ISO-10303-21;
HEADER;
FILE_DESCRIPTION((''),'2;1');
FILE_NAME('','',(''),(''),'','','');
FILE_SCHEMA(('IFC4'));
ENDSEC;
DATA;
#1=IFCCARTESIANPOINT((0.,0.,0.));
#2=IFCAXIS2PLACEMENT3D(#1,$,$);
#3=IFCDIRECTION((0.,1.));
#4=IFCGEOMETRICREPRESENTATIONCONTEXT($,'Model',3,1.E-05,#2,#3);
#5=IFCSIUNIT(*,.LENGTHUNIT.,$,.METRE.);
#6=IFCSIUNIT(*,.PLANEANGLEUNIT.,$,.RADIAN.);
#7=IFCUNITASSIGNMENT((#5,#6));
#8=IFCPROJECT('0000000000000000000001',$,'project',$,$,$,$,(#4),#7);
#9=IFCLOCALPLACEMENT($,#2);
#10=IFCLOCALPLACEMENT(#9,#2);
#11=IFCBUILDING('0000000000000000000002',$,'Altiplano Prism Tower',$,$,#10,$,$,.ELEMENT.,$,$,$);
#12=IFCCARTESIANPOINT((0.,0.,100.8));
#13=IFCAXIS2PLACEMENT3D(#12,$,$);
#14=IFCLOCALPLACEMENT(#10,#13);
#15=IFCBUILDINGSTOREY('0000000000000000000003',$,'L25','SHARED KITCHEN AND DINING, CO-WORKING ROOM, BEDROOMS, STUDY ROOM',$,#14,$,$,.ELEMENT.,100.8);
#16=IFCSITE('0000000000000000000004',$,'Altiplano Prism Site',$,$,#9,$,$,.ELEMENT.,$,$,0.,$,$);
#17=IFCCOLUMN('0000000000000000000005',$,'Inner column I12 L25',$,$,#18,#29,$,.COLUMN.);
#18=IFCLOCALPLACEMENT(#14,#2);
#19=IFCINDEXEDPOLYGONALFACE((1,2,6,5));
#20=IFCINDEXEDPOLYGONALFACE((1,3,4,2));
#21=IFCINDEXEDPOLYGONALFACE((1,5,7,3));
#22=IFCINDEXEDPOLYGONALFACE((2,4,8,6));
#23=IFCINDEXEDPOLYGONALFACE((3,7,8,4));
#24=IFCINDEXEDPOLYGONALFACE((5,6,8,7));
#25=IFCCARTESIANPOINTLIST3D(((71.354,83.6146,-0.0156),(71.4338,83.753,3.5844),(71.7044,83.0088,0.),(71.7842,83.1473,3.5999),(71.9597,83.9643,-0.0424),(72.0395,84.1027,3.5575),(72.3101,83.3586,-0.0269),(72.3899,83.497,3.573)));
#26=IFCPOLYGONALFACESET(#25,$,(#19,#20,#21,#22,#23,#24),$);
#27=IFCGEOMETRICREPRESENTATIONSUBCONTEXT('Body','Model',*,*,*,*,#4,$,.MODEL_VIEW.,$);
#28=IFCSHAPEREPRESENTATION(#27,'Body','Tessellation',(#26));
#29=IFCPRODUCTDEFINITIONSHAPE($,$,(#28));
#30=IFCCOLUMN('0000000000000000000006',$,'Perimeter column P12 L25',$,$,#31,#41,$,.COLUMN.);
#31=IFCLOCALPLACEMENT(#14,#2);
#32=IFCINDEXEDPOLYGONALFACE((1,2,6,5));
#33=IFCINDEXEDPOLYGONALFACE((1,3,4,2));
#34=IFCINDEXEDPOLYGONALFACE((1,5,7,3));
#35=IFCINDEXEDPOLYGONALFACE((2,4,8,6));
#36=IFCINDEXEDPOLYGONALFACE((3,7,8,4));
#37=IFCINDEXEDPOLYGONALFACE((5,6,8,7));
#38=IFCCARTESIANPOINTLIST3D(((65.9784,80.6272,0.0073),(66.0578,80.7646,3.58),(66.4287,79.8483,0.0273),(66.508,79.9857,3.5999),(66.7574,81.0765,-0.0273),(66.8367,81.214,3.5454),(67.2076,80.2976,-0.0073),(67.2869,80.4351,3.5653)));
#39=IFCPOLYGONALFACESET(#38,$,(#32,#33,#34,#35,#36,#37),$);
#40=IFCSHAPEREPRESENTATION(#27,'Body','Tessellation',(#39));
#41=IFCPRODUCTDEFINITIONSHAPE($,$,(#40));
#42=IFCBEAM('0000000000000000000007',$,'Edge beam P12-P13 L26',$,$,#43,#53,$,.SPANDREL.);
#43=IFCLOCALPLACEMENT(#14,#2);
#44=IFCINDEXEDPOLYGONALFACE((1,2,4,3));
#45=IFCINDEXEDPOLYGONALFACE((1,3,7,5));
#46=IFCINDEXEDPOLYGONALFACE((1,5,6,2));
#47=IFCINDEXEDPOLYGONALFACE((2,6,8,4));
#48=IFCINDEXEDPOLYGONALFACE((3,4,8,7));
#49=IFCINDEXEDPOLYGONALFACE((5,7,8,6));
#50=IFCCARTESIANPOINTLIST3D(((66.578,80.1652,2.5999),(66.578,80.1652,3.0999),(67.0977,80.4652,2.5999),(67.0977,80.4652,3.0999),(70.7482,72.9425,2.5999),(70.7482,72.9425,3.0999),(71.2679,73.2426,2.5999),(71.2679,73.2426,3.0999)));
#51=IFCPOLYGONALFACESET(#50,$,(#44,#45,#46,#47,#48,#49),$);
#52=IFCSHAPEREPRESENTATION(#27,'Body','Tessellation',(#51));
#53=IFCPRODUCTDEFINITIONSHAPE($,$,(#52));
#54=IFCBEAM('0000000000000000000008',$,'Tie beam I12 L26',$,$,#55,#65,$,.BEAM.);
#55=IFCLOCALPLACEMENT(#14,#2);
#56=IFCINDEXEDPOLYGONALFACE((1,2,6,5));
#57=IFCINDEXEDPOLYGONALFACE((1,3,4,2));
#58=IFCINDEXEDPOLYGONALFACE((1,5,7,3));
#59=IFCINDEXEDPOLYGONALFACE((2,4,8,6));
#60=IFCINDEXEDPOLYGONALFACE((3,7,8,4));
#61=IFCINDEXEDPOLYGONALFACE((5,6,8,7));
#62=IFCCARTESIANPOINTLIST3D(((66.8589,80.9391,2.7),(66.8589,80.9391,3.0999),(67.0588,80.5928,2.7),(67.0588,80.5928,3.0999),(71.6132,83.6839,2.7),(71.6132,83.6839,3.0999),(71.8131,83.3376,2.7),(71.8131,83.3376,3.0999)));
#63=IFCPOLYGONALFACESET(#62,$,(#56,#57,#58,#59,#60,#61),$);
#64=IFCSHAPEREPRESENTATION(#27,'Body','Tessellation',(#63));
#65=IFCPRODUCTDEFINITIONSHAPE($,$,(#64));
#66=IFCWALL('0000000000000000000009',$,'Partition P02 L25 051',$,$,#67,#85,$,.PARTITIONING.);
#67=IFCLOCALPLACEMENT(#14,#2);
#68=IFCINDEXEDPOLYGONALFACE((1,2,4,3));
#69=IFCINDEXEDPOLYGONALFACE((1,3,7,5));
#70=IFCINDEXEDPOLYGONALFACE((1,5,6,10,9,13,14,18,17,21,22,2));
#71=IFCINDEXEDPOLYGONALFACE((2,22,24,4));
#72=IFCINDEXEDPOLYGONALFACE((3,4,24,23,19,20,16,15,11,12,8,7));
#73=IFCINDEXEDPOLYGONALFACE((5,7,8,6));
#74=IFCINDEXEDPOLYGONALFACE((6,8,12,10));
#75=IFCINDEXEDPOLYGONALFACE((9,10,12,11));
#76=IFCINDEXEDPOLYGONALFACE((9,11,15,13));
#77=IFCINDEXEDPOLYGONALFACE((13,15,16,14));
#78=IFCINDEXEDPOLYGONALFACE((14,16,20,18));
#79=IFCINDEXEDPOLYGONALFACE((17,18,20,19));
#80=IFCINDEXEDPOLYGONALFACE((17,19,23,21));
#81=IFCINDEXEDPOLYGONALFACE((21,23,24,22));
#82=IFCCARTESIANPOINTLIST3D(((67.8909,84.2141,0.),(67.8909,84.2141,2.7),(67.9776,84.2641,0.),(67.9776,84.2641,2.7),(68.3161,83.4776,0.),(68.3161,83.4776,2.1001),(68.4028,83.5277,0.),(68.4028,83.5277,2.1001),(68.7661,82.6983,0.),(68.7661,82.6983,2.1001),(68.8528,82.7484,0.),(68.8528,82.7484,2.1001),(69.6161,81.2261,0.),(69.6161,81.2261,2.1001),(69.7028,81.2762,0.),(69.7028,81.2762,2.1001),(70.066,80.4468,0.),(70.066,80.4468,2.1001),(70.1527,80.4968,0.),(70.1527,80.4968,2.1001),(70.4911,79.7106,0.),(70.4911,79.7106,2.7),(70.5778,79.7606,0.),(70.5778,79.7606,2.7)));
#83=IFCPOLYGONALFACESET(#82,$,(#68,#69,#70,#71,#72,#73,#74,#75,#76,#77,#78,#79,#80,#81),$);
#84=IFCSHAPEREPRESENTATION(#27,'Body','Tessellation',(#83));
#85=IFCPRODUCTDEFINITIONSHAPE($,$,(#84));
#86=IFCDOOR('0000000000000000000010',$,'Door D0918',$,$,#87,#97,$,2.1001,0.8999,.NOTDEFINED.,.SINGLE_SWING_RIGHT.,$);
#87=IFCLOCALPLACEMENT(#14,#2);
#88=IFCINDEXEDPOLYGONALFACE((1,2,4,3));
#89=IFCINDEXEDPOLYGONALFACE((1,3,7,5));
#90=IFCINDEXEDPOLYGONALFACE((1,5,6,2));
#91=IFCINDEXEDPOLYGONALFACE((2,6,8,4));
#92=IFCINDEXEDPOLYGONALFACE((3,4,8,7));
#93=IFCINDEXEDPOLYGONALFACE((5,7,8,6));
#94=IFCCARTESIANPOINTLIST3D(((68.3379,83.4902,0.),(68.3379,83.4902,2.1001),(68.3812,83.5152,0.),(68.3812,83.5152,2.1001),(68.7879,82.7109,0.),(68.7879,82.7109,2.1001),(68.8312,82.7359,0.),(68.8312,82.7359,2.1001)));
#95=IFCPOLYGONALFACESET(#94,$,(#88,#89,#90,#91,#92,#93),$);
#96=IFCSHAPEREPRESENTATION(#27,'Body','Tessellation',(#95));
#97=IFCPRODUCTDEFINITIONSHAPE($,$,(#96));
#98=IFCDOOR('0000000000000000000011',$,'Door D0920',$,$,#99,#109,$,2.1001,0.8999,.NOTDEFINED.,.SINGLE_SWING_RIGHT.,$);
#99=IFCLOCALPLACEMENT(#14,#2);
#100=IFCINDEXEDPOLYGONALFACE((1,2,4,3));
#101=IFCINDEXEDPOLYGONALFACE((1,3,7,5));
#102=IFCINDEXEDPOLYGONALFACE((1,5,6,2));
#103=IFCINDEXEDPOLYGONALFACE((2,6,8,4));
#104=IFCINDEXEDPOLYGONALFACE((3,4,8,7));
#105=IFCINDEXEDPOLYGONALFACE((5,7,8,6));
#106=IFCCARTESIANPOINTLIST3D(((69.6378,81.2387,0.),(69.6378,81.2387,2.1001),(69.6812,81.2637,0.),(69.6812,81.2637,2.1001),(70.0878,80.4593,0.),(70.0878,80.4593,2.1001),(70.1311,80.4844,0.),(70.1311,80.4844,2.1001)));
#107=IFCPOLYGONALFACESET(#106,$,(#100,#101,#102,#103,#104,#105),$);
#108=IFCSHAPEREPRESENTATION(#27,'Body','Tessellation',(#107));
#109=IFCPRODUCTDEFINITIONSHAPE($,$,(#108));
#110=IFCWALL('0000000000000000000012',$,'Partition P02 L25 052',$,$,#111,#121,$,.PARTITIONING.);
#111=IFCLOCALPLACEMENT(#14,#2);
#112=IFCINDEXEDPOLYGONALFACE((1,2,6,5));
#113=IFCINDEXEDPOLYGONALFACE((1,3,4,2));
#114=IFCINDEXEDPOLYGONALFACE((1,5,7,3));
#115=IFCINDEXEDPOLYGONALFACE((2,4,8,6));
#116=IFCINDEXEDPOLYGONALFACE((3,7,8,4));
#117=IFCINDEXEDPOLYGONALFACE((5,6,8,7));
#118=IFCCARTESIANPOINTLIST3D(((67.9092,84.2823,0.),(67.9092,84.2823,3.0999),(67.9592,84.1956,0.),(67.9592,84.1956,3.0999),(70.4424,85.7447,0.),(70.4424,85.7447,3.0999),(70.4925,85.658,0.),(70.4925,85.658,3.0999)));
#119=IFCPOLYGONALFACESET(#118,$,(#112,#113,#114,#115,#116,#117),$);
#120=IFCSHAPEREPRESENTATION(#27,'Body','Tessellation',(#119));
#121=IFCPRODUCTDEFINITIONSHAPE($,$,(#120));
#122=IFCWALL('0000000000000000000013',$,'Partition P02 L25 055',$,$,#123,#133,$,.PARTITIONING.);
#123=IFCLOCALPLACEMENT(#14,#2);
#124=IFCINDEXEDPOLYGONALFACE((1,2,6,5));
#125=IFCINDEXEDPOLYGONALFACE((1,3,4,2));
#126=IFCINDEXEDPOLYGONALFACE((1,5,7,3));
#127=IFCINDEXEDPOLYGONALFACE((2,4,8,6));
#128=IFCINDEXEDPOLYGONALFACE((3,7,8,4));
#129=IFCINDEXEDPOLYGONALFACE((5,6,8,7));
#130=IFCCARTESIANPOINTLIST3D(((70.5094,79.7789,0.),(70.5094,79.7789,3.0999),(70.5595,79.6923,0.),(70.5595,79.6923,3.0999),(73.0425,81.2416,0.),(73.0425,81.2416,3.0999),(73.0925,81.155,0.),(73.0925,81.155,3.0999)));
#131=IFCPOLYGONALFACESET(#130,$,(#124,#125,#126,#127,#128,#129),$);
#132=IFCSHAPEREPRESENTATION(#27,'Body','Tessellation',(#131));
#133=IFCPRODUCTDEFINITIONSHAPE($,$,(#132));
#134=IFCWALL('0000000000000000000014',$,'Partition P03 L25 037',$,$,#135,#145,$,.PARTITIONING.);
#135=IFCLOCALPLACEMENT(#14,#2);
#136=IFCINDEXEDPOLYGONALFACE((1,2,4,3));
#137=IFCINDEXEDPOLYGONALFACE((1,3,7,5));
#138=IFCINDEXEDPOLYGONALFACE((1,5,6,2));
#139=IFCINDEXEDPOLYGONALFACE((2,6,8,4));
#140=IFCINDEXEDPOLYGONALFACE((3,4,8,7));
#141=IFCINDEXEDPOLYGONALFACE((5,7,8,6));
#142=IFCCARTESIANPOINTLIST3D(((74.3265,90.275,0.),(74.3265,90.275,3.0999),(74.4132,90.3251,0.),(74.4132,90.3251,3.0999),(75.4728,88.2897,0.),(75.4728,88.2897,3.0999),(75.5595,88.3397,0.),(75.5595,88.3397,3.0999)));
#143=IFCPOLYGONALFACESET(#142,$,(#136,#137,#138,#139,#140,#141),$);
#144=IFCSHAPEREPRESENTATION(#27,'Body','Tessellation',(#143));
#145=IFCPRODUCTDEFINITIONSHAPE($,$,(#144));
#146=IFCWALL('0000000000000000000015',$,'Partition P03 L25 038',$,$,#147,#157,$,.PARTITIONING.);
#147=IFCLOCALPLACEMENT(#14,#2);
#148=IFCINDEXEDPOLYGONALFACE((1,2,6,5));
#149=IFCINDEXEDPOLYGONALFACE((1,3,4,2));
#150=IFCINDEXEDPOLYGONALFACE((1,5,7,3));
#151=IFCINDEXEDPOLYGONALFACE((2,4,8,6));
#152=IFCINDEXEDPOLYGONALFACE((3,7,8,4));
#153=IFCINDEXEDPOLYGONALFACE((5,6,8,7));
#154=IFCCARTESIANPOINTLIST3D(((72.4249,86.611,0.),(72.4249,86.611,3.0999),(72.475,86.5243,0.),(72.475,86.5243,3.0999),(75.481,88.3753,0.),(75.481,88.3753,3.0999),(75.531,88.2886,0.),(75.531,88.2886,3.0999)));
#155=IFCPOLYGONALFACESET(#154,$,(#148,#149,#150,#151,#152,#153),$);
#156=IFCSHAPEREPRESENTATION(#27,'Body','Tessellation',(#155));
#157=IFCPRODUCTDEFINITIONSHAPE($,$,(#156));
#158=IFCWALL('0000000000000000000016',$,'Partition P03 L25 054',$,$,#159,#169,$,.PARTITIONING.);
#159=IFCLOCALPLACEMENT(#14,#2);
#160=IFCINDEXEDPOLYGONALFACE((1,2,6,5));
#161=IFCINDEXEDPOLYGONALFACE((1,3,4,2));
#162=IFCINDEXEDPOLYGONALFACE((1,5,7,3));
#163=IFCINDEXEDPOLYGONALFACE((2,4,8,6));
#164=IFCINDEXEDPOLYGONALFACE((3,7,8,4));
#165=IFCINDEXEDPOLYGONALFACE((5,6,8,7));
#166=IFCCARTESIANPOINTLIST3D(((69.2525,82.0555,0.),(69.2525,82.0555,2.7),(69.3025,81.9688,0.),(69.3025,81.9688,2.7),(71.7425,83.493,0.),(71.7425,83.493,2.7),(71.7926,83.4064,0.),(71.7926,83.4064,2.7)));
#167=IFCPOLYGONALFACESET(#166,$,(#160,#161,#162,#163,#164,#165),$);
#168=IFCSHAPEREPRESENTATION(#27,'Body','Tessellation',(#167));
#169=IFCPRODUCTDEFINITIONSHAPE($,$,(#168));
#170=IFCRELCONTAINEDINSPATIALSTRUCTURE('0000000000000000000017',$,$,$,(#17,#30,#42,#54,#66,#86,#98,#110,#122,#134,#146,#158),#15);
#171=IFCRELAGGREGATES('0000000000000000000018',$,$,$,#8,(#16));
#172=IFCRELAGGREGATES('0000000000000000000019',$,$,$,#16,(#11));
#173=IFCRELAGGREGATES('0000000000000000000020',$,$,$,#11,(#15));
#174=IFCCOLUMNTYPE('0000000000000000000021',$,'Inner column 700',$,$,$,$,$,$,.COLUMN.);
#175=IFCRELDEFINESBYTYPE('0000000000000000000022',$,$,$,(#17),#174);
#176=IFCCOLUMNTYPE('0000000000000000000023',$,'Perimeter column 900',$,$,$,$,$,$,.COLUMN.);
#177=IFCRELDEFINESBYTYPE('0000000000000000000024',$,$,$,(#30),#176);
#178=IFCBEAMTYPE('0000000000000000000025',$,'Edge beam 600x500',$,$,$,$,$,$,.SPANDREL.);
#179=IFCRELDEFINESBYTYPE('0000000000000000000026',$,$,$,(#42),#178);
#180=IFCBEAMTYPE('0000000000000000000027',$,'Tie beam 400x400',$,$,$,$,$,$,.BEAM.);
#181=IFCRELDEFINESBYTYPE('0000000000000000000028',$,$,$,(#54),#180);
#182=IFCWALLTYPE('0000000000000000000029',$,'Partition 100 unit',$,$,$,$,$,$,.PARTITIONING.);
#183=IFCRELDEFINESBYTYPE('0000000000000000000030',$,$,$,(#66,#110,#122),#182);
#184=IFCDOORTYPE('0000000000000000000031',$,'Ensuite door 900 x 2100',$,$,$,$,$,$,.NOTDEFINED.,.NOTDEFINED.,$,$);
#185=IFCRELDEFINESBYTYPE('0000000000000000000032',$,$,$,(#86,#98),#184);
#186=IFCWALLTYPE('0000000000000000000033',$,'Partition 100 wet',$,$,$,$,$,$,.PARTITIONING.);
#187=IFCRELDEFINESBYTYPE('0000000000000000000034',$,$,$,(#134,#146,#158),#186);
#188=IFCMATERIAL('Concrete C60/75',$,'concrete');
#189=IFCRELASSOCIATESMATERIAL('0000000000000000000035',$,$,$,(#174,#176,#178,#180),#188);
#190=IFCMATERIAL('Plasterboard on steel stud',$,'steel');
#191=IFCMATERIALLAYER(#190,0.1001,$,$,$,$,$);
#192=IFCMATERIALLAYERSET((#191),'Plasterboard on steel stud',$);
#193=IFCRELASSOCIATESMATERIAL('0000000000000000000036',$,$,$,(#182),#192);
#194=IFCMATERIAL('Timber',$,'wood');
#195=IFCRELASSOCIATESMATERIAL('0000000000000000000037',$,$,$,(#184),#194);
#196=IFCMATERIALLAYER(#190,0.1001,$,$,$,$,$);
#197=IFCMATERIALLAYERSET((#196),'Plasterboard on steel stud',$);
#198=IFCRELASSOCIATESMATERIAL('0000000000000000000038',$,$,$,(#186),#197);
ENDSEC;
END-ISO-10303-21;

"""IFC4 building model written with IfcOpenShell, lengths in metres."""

from ifc_helpers import new_model, si_unit, direction, frame, frame_2d, origin, origin_2d, place, context, subcontext, project, spatial, rectangle, extrude, material, layer, layer_set, material_profile, profile_set, type_object, element, fill, save


model = new_model("IFC4")

# Units and contexts
model_context = context("Model", 3, precision=1e-05, world=origin(), true_north=direction((0.0, 1.0)))
body_context = subcontext(model_context, "Body", "Model", "MODEL_VIEW")
ifc_project = project(units=[si_unit("LENGTHUNIT", "METRE"), si_unit("PLANEANGLEUNIT", "RADIAN")], contexts=[model_context])

# Site, building, storey
site_placement = place(None, origin())
site = spatial("IfcSite", under=ifc_project, at=site_placement, Name="Altiplano Prism Site", CompositionType="ELEMENT", RefElevation=0.0)
building_placement = place(site_placement, origin())
building = spatial("IfcBuilding", under=site, at=building_placement, Name="Altiplano Prism Tower", CompositionType="ELEMENT")
storey_placement = place(building_placement, frame((0.0, 0.0, 100.8)))
storey = spatial("IfcBuildingStorey", under=building, at=storey_placement, Name="L25", Description="SHARED KITCHEN AND DINING, CO-WORKING ROOM, BEDROOMS, STUDY ROOM", CompositionType="ELEMENT", Elevation=100.8)

# Columns
ifc_material_1 = material(Name="Concrete C60/75", Category="concrete")
ifc_material_profile_1 = material_profile(ifc_material_1, rectangle(XDim=0.7, YDim=0.7, at=origin_2d()), Name="Inner column 700")
ifc_profile_set_1 = profile_set([ifc_material_profile_1], Name="Concrete C60/75")
column_type_1 = type_object("IfcColumnType", Name="Inner column 700", PredefinedType="COLUMN", material=ifc_profile_set_1)
column_1_placement = place(storey_placement, frame((71.832, 83.4866, -0.0212), z_axis=(0.022155, 0.038416, 0.999016), x_axis=(-0.865365, -0.499669, 0.038405)))
element("IfcColumn", 1, at=column_1_placement, inside=storey, type_object=column_type_1, Name="Inner column I12 L25", PredefinedType="COLUMN", context=body_context, shape_type="SweptSolid", body=[
    extrude(rectangle(XDim=0.7, YDim=0.7, at=origin_2d()), origin(), (0.0, 0.0, 1.0), 3.6035),
])
ifc_material_profile_2 = material_profile(ifc_material_1, rectangle(XDim=0.8999, YDim=0.8999, at=origin_2d()), Name="Perimeter column 900")
ifc_profile_set_2 = profile_set([ifc_material_profile_2], Name="Concrete C60/75")
column_type_2 = type_object("IfcColumnType", Name="Perimeter column 900", PredefinedType="COLUMN", material=ifc_profile_set_2)
column_2_placement = place(storey_placement, frame((66.593, 80.4624, 0.0), z_axis=(0.022187, 0.038434, 0.999015), x_axis=(-0.865568, -0.499314, 0.038433)))
element("IfcColumn", 2, at=column_2_placement, inside=storey, type_object=column_type_2, Name="Perimeter column P12 L25", PredefinedType="COLUMN", context=body_context, shape_type="SweptSolid", body=[
    extrude(rectangle(XDim=0.8999, YDim=0.8999, at=origin_2d()), origin(), (0.0, 0.0, 1.0), 3.5762),
])

# Beams
ifc_material_profile_3 = material_profile(ifc_material_1, rectangle(XDim=0.6001, YDim=0.5, at=origin_2d()), Name="Edge beam 600x500")
ifc_profile_set_3 = profile_set([ifc_material_profile_3], Name="Concrete C60/75")
beam_type_1 = type_object("IfcBeamType", Name="Edge beam 600x500", PredefinedType="SPANDREL", material=ifc_profile_set_3)
beam_1_placement = place(storey_placement, frame((66.8379, 80.3152, 2.8499), z_axis=(0.500015, -0.866017, 0.0), x_axis=(0.866017, 0.500015, 0.0)))
element("IfcBeam", 3, at=beam_1_placement, inside=storey, type_object=beam_type_1, Name="Edge beam P12-P13 L26", PredefinedType="SPANDREL", context=body_context, shape_type="SweptSolid", body=[
    extrude(rectangle(XDim=0.6001, YDim=0.5, at=origin_2d()), origin(), (0.0, 0.0, 1.0), 8.3401),
])
ifc_material_profile_4 = material_profile(ifc_material_1, rectangle(XDim=0.3999, YDim=0.3999, at=origin_2d()), Name="Tie beam 400x400")
ifc_profile_set_4 = profile_set([ifc_material_profile_4], Name="Concrete C60/75")
beam_type_2 = type_object("IfcBeamType", Name="Tie beam 400x400", PredefinedType="BEAM", material=ifc_profile_set_4)
beam_2_placement = place(storey_placement, frame((71.7131, 83.5107, 2.8999), z_axis=(-0.866032, -0.499989, 0.0), x_axis=(0.499989, -0.866032, 0.0)))
element("IfcBeam", 4, at=beam_2_placement, inside=storey, type_object=beam_type_2, Name="Tie beam I12 L26", PredefinedType="BEAM", context=body_context, shape_type="SweptSolid", body=[
    extrude(rectangle(XDim=0.3999, YDim=0.3999, at=origin_2d()), origin(), (0.0, 0.0, 1.0), 5.4897),
])

# Wall, openings, doors
ifc_material_2 = material(Name="Plasterboard on steel stud", Category="steel")
ifc_layer_1 = layer(ifc_material_2, 0.1001)
ifc_layer_set_1 = layer_set([ifc_layer_1], Name="Plasterboard on steel stud")
wall_type_1 = type_object("IfcWallType", Name="Partition 100 unit", PredefinedType="PARTITIONING", material=ifc_layer_set_1)
wall_1_placement = place(storey_placement, frame((70.5344, 79.7356, 0.0), z_axis=(0.0, 0.0, 1.0), x_axis=(-0.500007, 0.866021, 0.0)))
wall_1 = element("IfcWall", 5, at=wall_1_placement, inside=storey, type_object=wall_type_1, Name="Partition P02 L25 051", PredefinedType="PARTITIONING", context=body_context, shape_type="SweptSolid", body=[
    extrude(rectangle(XDim=5.2002, YDim=0.1001, at=frame_2d((2.6001, 0.0))), origin(), (0.0, 0.0, 1.0), 2.7),
])
opening_1_placement = place(wall_1_placement, frame((3.45, 0.0, 0.0)))
opening_1 = element("IfcOpeningElement", 6, at=opening_1_placement, cuts=wall_1, PredefinedType="OPENING", context=body_context, shape_type="SweptSolid", body=[
    extrude(rectangle(XDim=0.8999, YDim=2.1001, at=frame_2d((0.45, 1.05))), frame((0.0, 0.0605, 0.0), z_axis=(0.0, -1.0, 0.0), x_axis=(1.0, 0.0, 0.0)), (0.0, 0.0, 1.0), 0.1211),
])
opening_2_placement = place(wall_1_placement, frame((0.8501, 0.0, 0.0)))
opening_2 = element("IfcOpeningElement", 7, at=opening_2_placement, cuts=wall_1, PredefinedType="OPENING", context=body_context, shape_type="SweptSolid", body=[
    extrude(rectangle(XDim=0.8999, YDim=2.1001, at=frame_2d((0.45, 1.05))), frame((0.0, 0.0605, 0.0), z_axis=(0.0, -1.0, 0.0), x_axis=(1.0, 0.0, 0.0)), (0.0, 0.0, 1.0), 0.1211),
])
ifc_material_3 = material(Name="Timber", Category="wood")
door_type = type_object("IfcDoorType", Name="Ensuite door 900 x 2100", OperationType="NOTDEFINED", PredefinedType="NOTDEFINED", material=ifc_material_3)
door_1_placement = place(opening_1_placement, origin())
door_1 = element("IfcDoor", 8, at=door_1_placement, inside=storey, type_object=door_type, Name="Door D0918", OperationType="SINGLE_SWING_RIGHT", OverallHeight=2.1001, OverallWidth=0.8999, PredefinedType="NOTDEFINED", context=body_context, shape_type="SweptSolid", body=[
    extrude(rectangle(XDim=0.8999, YDim=2.1001, at=frame_2d((0.45, 1.05))), frame((0.0, 0.0249, 0.0), z_axis=(0.0, -1.0, 0.0), x_axis=(1.0, 0.0, 0.0)), (0.0, 0.0, 1.0), 0.05),
])
fill(opening_1, door_1)
door_2_placement = place(opening_2_placement, origin())
door_2 = element("IfcDoor", 9, at=door_2_placement, inside=storey, type_object=door_type, Name="Door D0920", OperationType="SINGLE_SWING_RIGHT", OverallHeight=2.1001, OverallWidth=0.8999, PredefinedType="NOTDEFINED", context=body_context, shape_type="SweptSolid", body=[
    extrude(rectangle(XDim=0.8999, YDim=2.1001, at=frame_2d((0.45, 1.05))), frame((0.0, 0.0249, 0.0), z_axis=(0.0, -1.0, 0.0), x_axis=(1.0, 0.0, 0.0)), (0.0, 0.0, 1.0), 0.05),
])
fill(opening_2, door_2)

# Walls
for number, where, z_axis, x_axis, name in (
    (10, (67.9343, 84.239, 0.0), (0.0, 0.0, 1.0), (0.866047, 0.499963, 0.0), "Partition P02 L25 052"),
    (11, (73.0674, 81.1982, 0.0), (0.0, 0.0, 1.0), (-0.86599, -0.500062, 0.0), "Partition P02 L25 055"),
):
    element("IfcWall", number, at=place(storey_placement, frame(where, z_axis=z_axis, x_axis=x_axis)), inside=storey, type_object=wall_type_1, Name=name, PredefinedType="PARTITIONING", context=body_context, shape_type="SweptSolid", body=[
        extrude(rectangle(XDim=2.925, YDim=0.1001, at=frame_2d((1.4624, 0.0))), origin(), (0.0, 0.0, 1.0), 3.0999),
    ])
ifc_layer_2 = layer(ifc_material_2, 0.1001)
ifc_layer_set_2 = layer_set([ifc_layer_2], Name="Plasterboard on steel stud")
wall_type_2 = type_object("IfcWallType", Name="Partition 100 wet", PredefinedType="PARTITIONING", material=ifc_layer_set_2)
wall_2_placement = place(storey_placement, frame((75.5161, 88.3147, 0.0), z_axis=(0.0, 0.0, 1.0), x_axis=(-0.499999, 0.866026, 0.0)))
element("IfcWall", 12, at=wall_2_placement, inside=storey, type_object=wall_type_2, Name="Partition P03 L25 037", PredefinedType="PARTITIONING", context=body_context, shape_type="SweptSolid", body=[
    extrude(rectangle(XDim=2.2925, YDim=0.1001, at=frame_2d((1.1462, 0.0))), origin(), (0.0, 0.0, 1.0), 3.0999),
])
wall_3_placement = place(storey_placement, frame((72.45, 86.5676, 0.0), z_axis=(0.0, 0.0, 1.0), x_axis=(0.866034, 0.499986, 0.0)))
element("IfcWall", 13, at=wall_3_placement, inside=storey, type_object=wall_type_2, Name="Partition P03 L25 038", PredefinedType="PARTITIONING", context=body_context, shape_type="SweptSolid", body=[
    extrude(rectangle(XDim=3.5288, YDim=0.1001, at=frame_2d((1.7644, 0.0))), origin(), (0.0, 0.0, 1.0), 3.0999),
])
wall_4_placement = place(storey_placement, frame((69.2776, 82.0122, 0.0), z_axis=(0.0, 0.0, 1.0), x_axis=(0.86604, 0.499975, 0.0)))
element("IfcWall", 14, at=wall_4_placement, inside=storey, type_object=wall_type_2, Name="Partition P03 L25 054", PredefinedType="PARTITIONING", context=body_context, shape_type="SweptSolid", body=[
    extrude(rectangle(XDim=2.8752, YDim=0.1001, at=frame_2d((1.4375, 0.0))), origin(), (0.0, 0.0, 1.0), 2.7),
])

save(model, "model.ifc")
